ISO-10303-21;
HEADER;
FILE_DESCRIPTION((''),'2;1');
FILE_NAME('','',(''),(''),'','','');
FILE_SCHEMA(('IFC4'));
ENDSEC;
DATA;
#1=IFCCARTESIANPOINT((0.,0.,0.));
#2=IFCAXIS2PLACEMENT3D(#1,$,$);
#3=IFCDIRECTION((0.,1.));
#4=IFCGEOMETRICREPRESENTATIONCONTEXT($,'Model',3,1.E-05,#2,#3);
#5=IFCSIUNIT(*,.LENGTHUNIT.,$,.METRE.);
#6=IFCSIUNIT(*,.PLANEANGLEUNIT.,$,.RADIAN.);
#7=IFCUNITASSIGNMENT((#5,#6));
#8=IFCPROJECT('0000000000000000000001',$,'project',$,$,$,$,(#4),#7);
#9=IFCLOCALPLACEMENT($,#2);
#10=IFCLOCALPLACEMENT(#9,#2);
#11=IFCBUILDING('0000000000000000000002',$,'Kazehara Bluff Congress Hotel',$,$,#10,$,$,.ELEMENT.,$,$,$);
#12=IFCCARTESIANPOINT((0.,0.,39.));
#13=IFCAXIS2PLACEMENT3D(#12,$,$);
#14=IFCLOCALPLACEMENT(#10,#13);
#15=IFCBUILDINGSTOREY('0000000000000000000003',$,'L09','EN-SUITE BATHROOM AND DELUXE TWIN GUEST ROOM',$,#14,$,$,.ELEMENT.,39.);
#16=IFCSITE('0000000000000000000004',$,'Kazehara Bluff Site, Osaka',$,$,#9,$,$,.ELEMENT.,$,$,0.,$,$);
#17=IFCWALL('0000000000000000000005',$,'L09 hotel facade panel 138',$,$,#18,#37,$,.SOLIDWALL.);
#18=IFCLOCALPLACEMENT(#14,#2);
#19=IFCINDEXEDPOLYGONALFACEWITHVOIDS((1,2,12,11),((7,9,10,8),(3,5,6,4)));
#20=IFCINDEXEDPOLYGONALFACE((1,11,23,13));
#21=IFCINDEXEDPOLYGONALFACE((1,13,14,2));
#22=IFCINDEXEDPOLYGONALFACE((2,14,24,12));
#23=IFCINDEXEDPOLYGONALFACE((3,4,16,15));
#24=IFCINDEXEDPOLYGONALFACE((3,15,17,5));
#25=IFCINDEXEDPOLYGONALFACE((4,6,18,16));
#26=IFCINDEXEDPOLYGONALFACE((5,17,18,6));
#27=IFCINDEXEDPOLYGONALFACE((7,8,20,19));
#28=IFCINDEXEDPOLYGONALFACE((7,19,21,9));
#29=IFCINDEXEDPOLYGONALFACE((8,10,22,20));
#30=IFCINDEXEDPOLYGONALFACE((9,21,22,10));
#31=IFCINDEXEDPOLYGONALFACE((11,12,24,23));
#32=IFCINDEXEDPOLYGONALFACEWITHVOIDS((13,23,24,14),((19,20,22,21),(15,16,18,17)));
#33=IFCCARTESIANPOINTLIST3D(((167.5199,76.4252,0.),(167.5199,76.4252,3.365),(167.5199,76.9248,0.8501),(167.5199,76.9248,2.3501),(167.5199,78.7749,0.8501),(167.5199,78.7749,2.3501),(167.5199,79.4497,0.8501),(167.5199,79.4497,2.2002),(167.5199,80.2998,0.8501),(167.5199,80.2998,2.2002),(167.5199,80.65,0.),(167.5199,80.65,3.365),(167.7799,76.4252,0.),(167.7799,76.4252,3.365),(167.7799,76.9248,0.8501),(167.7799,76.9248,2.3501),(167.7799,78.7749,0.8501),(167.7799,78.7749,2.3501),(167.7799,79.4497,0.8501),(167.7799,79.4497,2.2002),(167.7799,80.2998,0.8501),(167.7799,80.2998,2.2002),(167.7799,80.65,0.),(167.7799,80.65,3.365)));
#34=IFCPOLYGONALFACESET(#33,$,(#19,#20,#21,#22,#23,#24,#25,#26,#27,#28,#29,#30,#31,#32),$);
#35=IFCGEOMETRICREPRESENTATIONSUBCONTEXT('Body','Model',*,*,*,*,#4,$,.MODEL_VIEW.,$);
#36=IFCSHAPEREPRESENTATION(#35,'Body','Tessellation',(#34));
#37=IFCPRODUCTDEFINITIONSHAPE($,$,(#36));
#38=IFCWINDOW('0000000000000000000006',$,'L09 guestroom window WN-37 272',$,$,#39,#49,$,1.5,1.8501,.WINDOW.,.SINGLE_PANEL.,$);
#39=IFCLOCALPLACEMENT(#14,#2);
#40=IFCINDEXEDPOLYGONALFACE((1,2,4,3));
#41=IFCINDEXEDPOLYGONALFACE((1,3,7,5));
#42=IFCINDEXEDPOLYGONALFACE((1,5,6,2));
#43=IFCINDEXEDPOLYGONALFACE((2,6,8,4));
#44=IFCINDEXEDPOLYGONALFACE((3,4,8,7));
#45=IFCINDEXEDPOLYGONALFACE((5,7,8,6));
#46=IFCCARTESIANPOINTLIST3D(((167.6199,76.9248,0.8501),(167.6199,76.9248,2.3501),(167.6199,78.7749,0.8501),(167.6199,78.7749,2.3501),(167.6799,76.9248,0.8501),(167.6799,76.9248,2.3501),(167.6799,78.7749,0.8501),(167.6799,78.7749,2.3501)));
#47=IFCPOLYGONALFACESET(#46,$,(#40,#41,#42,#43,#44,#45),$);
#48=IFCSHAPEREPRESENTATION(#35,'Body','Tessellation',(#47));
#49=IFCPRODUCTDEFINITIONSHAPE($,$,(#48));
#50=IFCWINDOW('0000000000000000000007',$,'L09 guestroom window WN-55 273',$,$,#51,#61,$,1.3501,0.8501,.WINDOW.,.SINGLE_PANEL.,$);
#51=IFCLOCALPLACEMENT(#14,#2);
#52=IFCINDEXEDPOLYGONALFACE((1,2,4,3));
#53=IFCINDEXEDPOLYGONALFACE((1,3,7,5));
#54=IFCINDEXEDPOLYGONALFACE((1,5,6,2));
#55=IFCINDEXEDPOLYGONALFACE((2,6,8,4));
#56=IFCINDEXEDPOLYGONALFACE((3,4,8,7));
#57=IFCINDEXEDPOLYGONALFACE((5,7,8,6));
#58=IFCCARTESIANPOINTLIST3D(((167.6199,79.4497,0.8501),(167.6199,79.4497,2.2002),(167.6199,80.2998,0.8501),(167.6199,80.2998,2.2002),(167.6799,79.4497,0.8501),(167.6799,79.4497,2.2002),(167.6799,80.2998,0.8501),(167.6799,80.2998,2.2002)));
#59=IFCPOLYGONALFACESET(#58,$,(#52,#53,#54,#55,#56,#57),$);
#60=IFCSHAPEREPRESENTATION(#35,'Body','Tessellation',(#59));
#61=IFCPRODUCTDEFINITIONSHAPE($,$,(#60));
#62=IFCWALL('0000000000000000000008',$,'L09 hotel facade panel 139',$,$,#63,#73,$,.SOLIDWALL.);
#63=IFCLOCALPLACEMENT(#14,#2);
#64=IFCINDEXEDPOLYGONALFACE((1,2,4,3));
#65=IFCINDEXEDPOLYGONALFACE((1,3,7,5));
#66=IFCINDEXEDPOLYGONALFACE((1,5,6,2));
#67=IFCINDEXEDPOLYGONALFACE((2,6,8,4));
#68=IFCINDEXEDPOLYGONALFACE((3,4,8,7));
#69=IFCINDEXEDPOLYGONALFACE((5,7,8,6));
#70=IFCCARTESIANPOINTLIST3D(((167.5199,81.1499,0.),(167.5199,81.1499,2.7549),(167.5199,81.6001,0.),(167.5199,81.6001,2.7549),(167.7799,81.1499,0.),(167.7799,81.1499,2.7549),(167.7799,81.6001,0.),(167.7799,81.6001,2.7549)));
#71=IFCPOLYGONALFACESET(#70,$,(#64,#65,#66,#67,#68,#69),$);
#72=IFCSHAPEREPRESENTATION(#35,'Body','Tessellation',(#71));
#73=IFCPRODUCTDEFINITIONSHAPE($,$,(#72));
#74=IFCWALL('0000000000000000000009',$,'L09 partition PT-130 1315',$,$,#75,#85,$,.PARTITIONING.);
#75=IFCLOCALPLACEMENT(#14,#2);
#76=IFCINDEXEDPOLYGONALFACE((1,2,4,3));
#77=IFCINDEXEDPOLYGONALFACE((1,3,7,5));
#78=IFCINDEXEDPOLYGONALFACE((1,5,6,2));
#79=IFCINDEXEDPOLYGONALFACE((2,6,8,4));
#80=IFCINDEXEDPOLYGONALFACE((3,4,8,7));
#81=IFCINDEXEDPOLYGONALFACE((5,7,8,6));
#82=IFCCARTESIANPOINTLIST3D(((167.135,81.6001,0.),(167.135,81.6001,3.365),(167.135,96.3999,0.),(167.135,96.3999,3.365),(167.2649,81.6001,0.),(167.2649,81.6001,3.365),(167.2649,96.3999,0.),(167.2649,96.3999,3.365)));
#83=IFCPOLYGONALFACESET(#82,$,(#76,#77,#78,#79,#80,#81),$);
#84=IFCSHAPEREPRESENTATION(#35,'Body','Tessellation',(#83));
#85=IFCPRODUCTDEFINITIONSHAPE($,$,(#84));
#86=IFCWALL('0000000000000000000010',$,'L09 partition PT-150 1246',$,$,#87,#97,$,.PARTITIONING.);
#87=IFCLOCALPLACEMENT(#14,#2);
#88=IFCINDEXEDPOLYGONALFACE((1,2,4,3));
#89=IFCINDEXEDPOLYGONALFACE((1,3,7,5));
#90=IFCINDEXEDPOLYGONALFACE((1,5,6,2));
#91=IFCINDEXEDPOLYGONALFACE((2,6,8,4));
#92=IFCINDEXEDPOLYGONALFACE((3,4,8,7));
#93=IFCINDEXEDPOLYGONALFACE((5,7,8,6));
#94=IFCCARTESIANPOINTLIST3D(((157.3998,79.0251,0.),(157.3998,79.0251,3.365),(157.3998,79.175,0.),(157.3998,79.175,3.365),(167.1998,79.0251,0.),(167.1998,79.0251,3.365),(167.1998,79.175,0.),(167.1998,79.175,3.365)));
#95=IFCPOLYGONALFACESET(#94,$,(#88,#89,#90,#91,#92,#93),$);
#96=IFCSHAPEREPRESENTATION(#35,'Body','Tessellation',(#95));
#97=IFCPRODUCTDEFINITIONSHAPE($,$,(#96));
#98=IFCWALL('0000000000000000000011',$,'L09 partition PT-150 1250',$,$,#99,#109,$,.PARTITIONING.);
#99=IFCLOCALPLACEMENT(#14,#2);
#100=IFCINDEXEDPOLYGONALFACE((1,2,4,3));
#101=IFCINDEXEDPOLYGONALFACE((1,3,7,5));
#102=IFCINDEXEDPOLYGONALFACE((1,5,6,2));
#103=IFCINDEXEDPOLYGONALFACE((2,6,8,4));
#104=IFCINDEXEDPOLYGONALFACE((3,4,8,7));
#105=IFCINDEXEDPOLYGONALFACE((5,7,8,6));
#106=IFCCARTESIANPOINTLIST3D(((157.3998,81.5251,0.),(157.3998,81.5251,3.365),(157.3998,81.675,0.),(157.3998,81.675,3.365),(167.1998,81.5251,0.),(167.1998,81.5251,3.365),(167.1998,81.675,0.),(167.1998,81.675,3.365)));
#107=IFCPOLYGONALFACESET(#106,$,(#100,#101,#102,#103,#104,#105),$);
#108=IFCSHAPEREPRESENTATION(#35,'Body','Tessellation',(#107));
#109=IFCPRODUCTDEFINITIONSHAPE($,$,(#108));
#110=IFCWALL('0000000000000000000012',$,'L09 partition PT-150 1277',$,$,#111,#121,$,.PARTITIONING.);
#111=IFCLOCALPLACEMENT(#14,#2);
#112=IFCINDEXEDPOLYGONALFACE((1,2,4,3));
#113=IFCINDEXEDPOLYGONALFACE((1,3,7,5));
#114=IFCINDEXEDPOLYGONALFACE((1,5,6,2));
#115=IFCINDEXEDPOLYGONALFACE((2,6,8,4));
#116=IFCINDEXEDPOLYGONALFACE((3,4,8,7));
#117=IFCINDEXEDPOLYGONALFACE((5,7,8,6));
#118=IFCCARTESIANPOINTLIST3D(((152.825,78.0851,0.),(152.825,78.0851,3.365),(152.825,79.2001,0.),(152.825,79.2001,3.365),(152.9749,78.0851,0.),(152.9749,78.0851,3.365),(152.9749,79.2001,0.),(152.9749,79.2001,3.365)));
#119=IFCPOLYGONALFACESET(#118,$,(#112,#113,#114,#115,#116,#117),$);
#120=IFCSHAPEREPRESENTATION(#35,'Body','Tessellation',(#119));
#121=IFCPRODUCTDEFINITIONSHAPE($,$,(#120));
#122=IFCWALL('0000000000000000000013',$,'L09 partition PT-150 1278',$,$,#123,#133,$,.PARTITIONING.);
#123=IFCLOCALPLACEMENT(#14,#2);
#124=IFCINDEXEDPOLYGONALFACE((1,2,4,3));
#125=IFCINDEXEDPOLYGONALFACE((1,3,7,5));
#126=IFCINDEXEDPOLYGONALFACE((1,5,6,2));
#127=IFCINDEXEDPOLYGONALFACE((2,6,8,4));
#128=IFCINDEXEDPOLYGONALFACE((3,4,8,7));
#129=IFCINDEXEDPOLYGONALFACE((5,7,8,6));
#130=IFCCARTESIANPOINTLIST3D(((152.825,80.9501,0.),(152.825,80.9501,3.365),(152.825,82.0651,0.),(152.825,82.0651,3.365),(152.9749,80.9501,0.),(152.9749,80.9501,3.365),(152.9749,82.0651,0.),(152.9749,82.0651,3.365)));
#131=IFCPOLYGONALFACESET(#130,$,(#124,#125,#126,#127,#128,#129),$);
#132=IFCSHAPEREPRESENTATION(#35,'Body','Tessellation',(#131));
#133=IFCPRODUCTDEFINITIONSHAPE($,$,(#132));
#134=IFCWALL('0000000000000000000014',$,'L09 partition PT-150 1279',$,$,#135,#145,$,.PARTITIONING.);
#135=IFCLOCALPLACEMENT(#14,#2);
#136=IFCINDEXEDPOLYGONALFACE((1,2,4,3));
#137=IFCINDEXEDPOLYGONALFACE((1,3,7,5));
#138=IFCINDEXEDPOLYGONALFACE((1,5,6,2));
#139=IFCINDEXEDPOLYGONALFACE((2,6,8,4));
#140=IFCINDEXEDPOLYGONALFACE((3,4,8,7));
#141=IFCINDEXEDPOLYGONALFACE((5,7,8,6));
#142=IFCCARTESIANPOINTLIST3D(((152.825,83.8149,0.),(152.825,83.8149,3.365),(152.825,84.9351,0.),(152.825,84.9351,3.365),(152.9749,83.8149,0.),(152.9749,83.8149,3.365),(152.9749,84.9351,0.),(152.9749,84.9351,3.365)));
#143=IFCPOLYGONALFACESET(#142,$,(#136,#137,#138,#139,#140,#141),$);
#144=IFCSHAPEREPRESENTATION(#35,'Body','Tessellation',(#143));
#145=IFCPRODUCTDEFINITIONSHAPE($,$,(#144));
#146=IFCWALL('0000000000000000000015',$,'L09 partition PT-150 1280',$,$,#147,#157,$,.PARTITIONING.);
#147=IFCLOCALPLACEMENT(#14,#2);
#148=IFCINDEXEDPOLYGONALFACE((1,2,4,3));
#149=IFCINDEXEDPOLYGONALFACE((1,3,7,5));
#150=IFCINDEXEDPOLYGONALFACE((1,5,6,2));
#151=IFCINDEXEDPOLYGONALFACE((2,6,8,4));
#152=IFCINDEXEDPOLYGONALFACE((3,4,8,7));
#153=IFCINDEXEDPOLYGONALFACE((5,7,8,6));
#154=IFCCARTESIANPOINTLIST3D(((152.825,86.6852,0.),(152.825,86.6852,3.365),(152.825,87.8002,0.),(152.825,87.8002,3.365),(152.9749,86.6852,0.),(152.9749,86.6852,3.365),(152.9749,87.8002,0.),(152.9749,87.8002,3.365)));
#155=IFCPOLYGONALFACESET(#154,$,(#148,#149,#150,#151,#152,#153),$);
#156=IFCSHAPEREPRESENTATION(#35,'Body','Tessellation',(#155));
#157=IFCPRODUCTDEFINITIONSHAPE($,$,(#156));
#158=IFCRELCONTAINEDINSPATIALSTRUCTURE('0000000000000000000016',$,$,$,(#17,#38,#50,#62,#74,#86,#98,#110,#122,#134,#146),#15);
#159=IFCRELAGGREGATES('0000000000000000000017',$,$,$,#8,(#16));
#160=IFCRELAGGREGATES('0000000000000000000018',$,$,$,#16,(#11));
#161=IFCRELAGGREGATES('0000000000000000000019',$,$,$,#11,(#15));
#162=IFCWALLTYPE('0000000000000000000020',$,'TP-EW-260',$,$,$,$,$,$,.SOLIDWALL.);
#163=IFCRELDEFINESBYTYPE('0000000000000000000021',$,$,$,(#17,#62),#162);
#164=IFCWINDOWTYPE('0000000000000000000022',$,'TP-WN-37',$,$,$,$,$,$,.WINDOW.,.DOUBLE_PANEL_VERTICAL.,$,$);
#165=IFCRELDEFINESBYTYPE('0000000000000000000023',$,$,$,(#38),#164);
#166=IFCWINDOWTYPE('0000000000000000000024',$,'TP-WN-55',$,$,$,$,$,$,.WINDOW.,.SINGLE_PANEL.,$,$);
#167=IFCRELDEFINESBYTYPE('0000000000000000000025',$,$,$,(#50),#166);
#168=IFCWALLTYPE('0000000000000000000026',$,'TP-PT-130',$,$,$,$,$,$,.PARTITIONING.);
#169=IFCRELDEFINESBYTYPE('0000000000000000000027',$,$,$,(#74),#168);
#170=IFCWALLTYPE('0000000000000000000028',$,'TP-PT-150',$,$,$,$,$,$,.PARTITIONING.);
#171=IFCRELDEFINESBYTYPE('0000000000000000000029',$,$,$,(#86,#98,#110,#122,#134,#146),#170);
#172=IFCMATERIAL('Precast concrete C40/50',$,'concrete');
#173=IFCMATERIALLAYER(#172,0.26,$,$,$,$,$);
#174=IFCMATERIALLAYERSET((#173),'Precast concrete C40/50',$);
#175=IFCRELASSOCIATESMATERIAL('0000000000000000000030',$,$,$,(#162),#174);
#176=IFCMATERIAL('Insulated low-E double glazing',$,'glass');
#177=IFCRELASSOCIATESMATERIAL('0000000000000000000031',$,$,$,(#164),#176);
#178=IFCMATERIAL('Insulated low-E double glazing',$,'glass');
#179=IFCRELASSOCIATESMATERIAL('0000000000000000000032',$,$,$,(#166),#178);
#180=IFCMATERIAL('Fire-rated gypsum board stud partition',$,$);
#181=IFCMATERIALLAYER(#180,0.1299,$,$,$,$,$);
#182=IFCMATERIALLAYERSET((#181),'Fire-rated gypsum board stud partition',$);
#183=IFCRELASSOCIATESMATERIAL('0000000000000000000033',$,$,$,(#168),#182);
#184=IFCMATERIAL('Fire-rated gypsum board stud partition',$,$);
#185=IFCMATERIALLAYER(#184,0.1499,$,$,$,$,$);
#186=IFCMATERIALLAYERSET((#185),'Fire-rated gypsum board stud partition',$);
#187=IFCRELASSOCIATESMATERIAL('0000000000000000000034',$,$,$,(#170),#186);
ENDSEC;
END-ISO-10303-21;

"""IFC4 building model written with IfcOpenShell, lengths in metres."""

from ifc_helpers import new_model, si_unit, direction, frame, frame_2d, origin, place, context, subcontext, project, spatial, rectangle, extrude, material, layer, layer_set, type_object, element, fill, save


model = new_model("IFC4")

# Units and contexts
model_context = context("Model", 3, precision=1e-05, world=origin(), true_north=direction((0.0, 1.0)))
body_context = subcontext(model_context, "Body", "Model", "MODEL_VIEW")
ifc_project = project(units=[si_unit("LENGTHUNIT", "METRE"), si_unit("PLANEANGLEUNIT", "RADIAN")], contexts=[model_context])

# Site, building, storey
site_placement = place(None, origin())
site = spatial("IfcSite", under=ifc_project, at=site_placement, Name="Kazehara Bluff Site, Osaka", CompositionType="ELEMENT", RefElevation=0.0)
building_placement = place(site_placement, origin())
building = spatial("IfcBuilding", under=site, at=building_placement, Name="Kazehara Bluff Congress Hotel", CompositionType="ELEMENT")
storey_placement = place(building_placement, frame((0.0, 0.0, 39.0)))
storey = spatial("IfcBuildingStorey", under=building, at=storey_placement, Name="L09", Description="EN-SUITE BATHROOM AND DELUXE TWIN GUEST ROOM", CompositionType="ELEMENT", Elevation=39.0)

# Wall, openings, windows
ifc_material_1 = material(Name="Precast concrete C40/50", Category="concrete")
ifc_layer_1 = layer(ifc_material_1, 0.26)
ifc_layer_set_1 = layer_set([ifc_layer_1], Name="Precast concrete C40/50")
wall_type_1 = type_object("IfcWallType", Name="TP-EW-260", PredefinedType="SOLIDWALL", material=ifc_layer_set_1)
wall_1_placement = place(storey_placement, frame((167.6499, 80.6499, 0.0), z_axis=(0.0, 0.0, 1.0), x_axis=(0.0, -1.0, 0.0)))
wall_1 = element("IfcWall", 1, at=wall_1_placement, inside=storey, type_object=wall_type_1, Name="L09 hotel facade panel 138", PredefinedType="SOLIDWALL", context=body_context, shape_type="SweptSolid", body=[
    extrude(rectangle(XDim=4.2249, YDim=0.26, at=frame_2d((2.1123, 0.0))), origin(), (0.0, 0.0, 1.0), 3.365),
])
opening_1_placement = place(wall_1_placement, frame((1.875, 0.0, 0.8501)))
opening_1 = element("IfcOpeningElement", 2, at=opening_1_placement, cuts=wall_1, PredefinedType="OPENING", context=body_context, shape_type="SweptSolid", body=[
    extrude(rectangle(XDim=1.8501, YDim=1.5, at=frame_2d((0.925, 0.75))), frame((0.0, 0.1399, 0.0), z_axis=(0.0, -1.0, 0.0), x_axis=(1.0, 0.0, 0.0)), (0.0, 0.0, 1.0), 0.28),
])
opening_2_placement = place(wall_1_placement, frame((0.3501, 0.0, 0.8501)))
opening_2 = element("IfcOpeningElement", 3, at=opening_2_placement, cuts=wall_1, PredefinedType="OPENING", context=body_context, shape_type="SweptSolid", body=[
    extrude(rectangle(XDim=0.8501, YDim=1.3501, at=frame_2d((0.425, 0.675))), frame((0.0, 0.1399, 0.0), z_axis=(0.0, -1.0, 0.0), x_axis=(1.0, 0.0, 0.0)), (0.0, 0.0, 1.0), 0.28),
])
ifc_material_2 = material(Name="Insulated low-E double glazing", Category="glass")
window_type_1 = type_object("IfcWindowType", Name="TP-WN-37", PartitioningType="DOUBLE_PANEL_VERTICAL", PredefinedType="WINDOW", material=ifc_material_2)
window_1_placement = place(opening_1_placement, origin())
window_1 = element("IfcWindow", 4, at=window_1_placement, inside=storey, type_object=window_type_1, Name="L09 guestroom window WN-37 272", OverallHeight=1.5, OverallWidth=1.8501, PartitioningType="SINGLE_PANEL", PredefinedType="WINDOW", context=body_context, shape_type="SweptSolid", body=[
    extrude(rectangle(XDim=1.8501, YDim=1.5, at=frame_2d((0.925, 0.75))), frame((0.0, 0.03, 0.0), z_axis=(0.0, -1.0, 0.0), x_axis=(1.0, 0.0, 0.0)), (0.0, 0.0, 1.0), 0.0601),
])
fill(opening_1, window_1)
ifc_material_3 = material(Name="Insulated low-E double glazing", Category="glass")
window_type_2 = type_object("IfcWindowType", Name="TP-WN-55", PartitioningType="SINGLE_PANEL", PredefinedType="WINDOW", material=ifc_material_3)
window_2_placement = place(opening_2_placement, origin())
window_2 = element("IfcWindow", 5, at=window_2_placement, inside=storey, type_object=window_type_2, Name="L09 guestroom window WN-55 273", OverallHeight=1.3501, OverallWidth=0.8501, PartitioningType="SINGLE_PANEL", PredefinedType="WINDOW", context=body_context, shape_type="SweptSolid", body=[
    extrude(rectangle(XDim=0.8501, YDim=1.3501, at=frame_2d((0.425, 0.675))), frame((0.0, 0.03, 0.0), z_axis=(0.0, -1.0, 0.0), x_axis=(1.0, 0.0, 0.0)), (0.0, 0.0, 1.0), 0.0601),
])
fill(opening_2, window_2)

# Walls
wall_2_placement = place(storey_placement, frame((167.6499, 81.6001, 0.0), z_axis=(0.0, 0.0, 1.0), x_axis=(0.0, -1.0, 0.0)))
element("IfcWall", 6, at=wall_2_placement, inside=storey, type_object=wall_type_1, Name="L09 hotel facade panel 139", PredefinedType="SOLIDWALL", context=body_context, shape_type="SweptSolid", body=[
    extrude(rectangle(XDim=0.4502, YDim=0.26, at=frame_2d((0.2251, 0.0))), origin(), (0.0, 0.0, 1.0), 2.7549),
])
ifc_material_4 = material(Name="Fire-rated gypsum board stud partition")
ifc_layer_2 = layer(ifc_material_4, 0.1299)
ifc_layer_set_2 = layer_set([ifc_layer_2], Name="Fire-rated gypsum board stud partition")
wall_type_2 = type_object("IfcWallType", Name="TP-PT-130", PredefinedType="PARTITIONING", material=ifc_layer_set_2)
wall_3_placement = place(storey_placement, frame((167.2, 81.6001, 0.0), z_axis=(0.0, 0.0, 1.0), x_axis=(0.0, 1.0, 0.0)))
element("IfcWall", 7, at=wall_3_placement, inside=storey, type_object=wall_type_2, Name="L09 partition PT-130 1315", PredefinedType="PARTITIONING", context=body_context, shape_type="SweptSolid", body=[
    extrude(rectangle(XDim=14.7998, YDim=0.1299, at=frame_2d((7.3999, 0.0))), origin(), (0.0, 0.0, 1.0), 3.365),
])

# Shared definitions
ifc_material_5 = material(Name="Fire-rated gypsum board stud partition")
ifc_layer_3 = layer(ifc_material_5, 0.1499)
ifc_layer_set_3 = layer_set([ifc_layer_3], Name="Fire-rated gypsum board stud partition")
wall_type_3 = type_object("IfcWallType", Name="TP-PT-150", PredefinedType="PARTITIONING", material=ifc_layer_set_3)

# Wall
wall_4_placement = place(storey_placement, frame((157.3999, 79.1001, 0.0), z_axis=(0.0, 0.0, 1.0), x_axis=(1.0, 0.0, 0.0)))
element("IfcWall", 8, at=wall_4_placement, inside=storey, type_object=wall_type_3, Name="L09 partition PT-150 1246", PredefinedType="PARTITIONING", context=body_context, shape_type="SweptSolid", body=[
    extrude(rectangle(XDim=9.8, YDim=0.1499, at=frame_2d((4.8999, 0.0))), origin(), (0.0, 0.0, 1.0), 3.365),
])

# Walls
wall_5_placement = place(storey_placement, frame((157.3999, 81.6001, 0.0), z_axis=(0.0, 0.0, 1.0), x_axis=(1.0, 0.0, 0.0)))
element("IfcWall", 9, at=wall_5_placement, inside=storey, type_object=wall_type_3, Name="L09 partition PT-150 1250", PredefinedType="PARTITIONING", context=body_context, shape_type="SweptSolid", body=[
    extrude(rectangle(XDim=9.8, YDim=0.1499, at=frame_2d((4.8999, 0.0))), origin(), (0.0, 0.0, 1.0), 3.365),
])
for number, where, z_axis, x_axis, name in (
    (10, (152.8999, 78.085, 0.0), (0.0, 0.0, 1.0), (0.0, 1.0, 0.0), "L09 partition PT-150 1277"),
    (11, (152.8999, 80.95, 0.0), (0.0, 0.0, 1.0), (0.0, 1.0, 0.0), "L09 partition PT-150 1278"),
):
    element("IfcWall", number, at=place(storey_placement, frame(where, z_axis=z_axis, x_axis=x_axis)), inside=storey, type_object=wall_type_3, Name=name, PredefinedType="PARTITIONING", context=body_context, shape_type="SweptSolid", body=[
        extrude(rectangle(XDim=1.115, YDim=0.1499, at=frame_2d((0.5576, 0.0))), origin(), (0.0, 0.0, 1.0), 3.365),
    ])
wall_6_placement = place(storey_placement, frame((152.8999, 83.8149, 0.0), z_axis=(0.0, 0.0, 1.0), x_axis=(0.0, 1.0, 0.0)))
element("IfcWall", 12, at=wall_6_placement, inside=storey, type_object=wall_type_3, Name="L09 partition PT-150 1279", PredefinedType="PARTITIONING", context=body_context, shape_type="SweptSolid", body=[
    extrude(rectangle(XDim=1.1201, YDim=0.1499, at=frame_2d((0.5601, 0.0))), origin(), (0.0, 0.0, 1.0), 3.365),
])
wall_7_placement = place(storey_placement, frame((152.8999, 86.6851, 0.0), z_axis=(0.0, 0.0, 1.0), x_axis=(0.0, 1.0, 0.0)))
element("IfcWall", 13, at=wall_7_placement, inside=storey, type_object=wall_type_3, Name="L09 partition PT-150 1280", PredefinedType="PARTITIONING", context=body_context, shape_type="SweptSolid", body=[
    extrude(rectangle(XDim=1.115, YDim=0.1499, at=frame_2d((0.5576, 0.0))), origin(), (0.0, 0.0, 1.0), 3.365),
])

save(model, "model.ifc")
